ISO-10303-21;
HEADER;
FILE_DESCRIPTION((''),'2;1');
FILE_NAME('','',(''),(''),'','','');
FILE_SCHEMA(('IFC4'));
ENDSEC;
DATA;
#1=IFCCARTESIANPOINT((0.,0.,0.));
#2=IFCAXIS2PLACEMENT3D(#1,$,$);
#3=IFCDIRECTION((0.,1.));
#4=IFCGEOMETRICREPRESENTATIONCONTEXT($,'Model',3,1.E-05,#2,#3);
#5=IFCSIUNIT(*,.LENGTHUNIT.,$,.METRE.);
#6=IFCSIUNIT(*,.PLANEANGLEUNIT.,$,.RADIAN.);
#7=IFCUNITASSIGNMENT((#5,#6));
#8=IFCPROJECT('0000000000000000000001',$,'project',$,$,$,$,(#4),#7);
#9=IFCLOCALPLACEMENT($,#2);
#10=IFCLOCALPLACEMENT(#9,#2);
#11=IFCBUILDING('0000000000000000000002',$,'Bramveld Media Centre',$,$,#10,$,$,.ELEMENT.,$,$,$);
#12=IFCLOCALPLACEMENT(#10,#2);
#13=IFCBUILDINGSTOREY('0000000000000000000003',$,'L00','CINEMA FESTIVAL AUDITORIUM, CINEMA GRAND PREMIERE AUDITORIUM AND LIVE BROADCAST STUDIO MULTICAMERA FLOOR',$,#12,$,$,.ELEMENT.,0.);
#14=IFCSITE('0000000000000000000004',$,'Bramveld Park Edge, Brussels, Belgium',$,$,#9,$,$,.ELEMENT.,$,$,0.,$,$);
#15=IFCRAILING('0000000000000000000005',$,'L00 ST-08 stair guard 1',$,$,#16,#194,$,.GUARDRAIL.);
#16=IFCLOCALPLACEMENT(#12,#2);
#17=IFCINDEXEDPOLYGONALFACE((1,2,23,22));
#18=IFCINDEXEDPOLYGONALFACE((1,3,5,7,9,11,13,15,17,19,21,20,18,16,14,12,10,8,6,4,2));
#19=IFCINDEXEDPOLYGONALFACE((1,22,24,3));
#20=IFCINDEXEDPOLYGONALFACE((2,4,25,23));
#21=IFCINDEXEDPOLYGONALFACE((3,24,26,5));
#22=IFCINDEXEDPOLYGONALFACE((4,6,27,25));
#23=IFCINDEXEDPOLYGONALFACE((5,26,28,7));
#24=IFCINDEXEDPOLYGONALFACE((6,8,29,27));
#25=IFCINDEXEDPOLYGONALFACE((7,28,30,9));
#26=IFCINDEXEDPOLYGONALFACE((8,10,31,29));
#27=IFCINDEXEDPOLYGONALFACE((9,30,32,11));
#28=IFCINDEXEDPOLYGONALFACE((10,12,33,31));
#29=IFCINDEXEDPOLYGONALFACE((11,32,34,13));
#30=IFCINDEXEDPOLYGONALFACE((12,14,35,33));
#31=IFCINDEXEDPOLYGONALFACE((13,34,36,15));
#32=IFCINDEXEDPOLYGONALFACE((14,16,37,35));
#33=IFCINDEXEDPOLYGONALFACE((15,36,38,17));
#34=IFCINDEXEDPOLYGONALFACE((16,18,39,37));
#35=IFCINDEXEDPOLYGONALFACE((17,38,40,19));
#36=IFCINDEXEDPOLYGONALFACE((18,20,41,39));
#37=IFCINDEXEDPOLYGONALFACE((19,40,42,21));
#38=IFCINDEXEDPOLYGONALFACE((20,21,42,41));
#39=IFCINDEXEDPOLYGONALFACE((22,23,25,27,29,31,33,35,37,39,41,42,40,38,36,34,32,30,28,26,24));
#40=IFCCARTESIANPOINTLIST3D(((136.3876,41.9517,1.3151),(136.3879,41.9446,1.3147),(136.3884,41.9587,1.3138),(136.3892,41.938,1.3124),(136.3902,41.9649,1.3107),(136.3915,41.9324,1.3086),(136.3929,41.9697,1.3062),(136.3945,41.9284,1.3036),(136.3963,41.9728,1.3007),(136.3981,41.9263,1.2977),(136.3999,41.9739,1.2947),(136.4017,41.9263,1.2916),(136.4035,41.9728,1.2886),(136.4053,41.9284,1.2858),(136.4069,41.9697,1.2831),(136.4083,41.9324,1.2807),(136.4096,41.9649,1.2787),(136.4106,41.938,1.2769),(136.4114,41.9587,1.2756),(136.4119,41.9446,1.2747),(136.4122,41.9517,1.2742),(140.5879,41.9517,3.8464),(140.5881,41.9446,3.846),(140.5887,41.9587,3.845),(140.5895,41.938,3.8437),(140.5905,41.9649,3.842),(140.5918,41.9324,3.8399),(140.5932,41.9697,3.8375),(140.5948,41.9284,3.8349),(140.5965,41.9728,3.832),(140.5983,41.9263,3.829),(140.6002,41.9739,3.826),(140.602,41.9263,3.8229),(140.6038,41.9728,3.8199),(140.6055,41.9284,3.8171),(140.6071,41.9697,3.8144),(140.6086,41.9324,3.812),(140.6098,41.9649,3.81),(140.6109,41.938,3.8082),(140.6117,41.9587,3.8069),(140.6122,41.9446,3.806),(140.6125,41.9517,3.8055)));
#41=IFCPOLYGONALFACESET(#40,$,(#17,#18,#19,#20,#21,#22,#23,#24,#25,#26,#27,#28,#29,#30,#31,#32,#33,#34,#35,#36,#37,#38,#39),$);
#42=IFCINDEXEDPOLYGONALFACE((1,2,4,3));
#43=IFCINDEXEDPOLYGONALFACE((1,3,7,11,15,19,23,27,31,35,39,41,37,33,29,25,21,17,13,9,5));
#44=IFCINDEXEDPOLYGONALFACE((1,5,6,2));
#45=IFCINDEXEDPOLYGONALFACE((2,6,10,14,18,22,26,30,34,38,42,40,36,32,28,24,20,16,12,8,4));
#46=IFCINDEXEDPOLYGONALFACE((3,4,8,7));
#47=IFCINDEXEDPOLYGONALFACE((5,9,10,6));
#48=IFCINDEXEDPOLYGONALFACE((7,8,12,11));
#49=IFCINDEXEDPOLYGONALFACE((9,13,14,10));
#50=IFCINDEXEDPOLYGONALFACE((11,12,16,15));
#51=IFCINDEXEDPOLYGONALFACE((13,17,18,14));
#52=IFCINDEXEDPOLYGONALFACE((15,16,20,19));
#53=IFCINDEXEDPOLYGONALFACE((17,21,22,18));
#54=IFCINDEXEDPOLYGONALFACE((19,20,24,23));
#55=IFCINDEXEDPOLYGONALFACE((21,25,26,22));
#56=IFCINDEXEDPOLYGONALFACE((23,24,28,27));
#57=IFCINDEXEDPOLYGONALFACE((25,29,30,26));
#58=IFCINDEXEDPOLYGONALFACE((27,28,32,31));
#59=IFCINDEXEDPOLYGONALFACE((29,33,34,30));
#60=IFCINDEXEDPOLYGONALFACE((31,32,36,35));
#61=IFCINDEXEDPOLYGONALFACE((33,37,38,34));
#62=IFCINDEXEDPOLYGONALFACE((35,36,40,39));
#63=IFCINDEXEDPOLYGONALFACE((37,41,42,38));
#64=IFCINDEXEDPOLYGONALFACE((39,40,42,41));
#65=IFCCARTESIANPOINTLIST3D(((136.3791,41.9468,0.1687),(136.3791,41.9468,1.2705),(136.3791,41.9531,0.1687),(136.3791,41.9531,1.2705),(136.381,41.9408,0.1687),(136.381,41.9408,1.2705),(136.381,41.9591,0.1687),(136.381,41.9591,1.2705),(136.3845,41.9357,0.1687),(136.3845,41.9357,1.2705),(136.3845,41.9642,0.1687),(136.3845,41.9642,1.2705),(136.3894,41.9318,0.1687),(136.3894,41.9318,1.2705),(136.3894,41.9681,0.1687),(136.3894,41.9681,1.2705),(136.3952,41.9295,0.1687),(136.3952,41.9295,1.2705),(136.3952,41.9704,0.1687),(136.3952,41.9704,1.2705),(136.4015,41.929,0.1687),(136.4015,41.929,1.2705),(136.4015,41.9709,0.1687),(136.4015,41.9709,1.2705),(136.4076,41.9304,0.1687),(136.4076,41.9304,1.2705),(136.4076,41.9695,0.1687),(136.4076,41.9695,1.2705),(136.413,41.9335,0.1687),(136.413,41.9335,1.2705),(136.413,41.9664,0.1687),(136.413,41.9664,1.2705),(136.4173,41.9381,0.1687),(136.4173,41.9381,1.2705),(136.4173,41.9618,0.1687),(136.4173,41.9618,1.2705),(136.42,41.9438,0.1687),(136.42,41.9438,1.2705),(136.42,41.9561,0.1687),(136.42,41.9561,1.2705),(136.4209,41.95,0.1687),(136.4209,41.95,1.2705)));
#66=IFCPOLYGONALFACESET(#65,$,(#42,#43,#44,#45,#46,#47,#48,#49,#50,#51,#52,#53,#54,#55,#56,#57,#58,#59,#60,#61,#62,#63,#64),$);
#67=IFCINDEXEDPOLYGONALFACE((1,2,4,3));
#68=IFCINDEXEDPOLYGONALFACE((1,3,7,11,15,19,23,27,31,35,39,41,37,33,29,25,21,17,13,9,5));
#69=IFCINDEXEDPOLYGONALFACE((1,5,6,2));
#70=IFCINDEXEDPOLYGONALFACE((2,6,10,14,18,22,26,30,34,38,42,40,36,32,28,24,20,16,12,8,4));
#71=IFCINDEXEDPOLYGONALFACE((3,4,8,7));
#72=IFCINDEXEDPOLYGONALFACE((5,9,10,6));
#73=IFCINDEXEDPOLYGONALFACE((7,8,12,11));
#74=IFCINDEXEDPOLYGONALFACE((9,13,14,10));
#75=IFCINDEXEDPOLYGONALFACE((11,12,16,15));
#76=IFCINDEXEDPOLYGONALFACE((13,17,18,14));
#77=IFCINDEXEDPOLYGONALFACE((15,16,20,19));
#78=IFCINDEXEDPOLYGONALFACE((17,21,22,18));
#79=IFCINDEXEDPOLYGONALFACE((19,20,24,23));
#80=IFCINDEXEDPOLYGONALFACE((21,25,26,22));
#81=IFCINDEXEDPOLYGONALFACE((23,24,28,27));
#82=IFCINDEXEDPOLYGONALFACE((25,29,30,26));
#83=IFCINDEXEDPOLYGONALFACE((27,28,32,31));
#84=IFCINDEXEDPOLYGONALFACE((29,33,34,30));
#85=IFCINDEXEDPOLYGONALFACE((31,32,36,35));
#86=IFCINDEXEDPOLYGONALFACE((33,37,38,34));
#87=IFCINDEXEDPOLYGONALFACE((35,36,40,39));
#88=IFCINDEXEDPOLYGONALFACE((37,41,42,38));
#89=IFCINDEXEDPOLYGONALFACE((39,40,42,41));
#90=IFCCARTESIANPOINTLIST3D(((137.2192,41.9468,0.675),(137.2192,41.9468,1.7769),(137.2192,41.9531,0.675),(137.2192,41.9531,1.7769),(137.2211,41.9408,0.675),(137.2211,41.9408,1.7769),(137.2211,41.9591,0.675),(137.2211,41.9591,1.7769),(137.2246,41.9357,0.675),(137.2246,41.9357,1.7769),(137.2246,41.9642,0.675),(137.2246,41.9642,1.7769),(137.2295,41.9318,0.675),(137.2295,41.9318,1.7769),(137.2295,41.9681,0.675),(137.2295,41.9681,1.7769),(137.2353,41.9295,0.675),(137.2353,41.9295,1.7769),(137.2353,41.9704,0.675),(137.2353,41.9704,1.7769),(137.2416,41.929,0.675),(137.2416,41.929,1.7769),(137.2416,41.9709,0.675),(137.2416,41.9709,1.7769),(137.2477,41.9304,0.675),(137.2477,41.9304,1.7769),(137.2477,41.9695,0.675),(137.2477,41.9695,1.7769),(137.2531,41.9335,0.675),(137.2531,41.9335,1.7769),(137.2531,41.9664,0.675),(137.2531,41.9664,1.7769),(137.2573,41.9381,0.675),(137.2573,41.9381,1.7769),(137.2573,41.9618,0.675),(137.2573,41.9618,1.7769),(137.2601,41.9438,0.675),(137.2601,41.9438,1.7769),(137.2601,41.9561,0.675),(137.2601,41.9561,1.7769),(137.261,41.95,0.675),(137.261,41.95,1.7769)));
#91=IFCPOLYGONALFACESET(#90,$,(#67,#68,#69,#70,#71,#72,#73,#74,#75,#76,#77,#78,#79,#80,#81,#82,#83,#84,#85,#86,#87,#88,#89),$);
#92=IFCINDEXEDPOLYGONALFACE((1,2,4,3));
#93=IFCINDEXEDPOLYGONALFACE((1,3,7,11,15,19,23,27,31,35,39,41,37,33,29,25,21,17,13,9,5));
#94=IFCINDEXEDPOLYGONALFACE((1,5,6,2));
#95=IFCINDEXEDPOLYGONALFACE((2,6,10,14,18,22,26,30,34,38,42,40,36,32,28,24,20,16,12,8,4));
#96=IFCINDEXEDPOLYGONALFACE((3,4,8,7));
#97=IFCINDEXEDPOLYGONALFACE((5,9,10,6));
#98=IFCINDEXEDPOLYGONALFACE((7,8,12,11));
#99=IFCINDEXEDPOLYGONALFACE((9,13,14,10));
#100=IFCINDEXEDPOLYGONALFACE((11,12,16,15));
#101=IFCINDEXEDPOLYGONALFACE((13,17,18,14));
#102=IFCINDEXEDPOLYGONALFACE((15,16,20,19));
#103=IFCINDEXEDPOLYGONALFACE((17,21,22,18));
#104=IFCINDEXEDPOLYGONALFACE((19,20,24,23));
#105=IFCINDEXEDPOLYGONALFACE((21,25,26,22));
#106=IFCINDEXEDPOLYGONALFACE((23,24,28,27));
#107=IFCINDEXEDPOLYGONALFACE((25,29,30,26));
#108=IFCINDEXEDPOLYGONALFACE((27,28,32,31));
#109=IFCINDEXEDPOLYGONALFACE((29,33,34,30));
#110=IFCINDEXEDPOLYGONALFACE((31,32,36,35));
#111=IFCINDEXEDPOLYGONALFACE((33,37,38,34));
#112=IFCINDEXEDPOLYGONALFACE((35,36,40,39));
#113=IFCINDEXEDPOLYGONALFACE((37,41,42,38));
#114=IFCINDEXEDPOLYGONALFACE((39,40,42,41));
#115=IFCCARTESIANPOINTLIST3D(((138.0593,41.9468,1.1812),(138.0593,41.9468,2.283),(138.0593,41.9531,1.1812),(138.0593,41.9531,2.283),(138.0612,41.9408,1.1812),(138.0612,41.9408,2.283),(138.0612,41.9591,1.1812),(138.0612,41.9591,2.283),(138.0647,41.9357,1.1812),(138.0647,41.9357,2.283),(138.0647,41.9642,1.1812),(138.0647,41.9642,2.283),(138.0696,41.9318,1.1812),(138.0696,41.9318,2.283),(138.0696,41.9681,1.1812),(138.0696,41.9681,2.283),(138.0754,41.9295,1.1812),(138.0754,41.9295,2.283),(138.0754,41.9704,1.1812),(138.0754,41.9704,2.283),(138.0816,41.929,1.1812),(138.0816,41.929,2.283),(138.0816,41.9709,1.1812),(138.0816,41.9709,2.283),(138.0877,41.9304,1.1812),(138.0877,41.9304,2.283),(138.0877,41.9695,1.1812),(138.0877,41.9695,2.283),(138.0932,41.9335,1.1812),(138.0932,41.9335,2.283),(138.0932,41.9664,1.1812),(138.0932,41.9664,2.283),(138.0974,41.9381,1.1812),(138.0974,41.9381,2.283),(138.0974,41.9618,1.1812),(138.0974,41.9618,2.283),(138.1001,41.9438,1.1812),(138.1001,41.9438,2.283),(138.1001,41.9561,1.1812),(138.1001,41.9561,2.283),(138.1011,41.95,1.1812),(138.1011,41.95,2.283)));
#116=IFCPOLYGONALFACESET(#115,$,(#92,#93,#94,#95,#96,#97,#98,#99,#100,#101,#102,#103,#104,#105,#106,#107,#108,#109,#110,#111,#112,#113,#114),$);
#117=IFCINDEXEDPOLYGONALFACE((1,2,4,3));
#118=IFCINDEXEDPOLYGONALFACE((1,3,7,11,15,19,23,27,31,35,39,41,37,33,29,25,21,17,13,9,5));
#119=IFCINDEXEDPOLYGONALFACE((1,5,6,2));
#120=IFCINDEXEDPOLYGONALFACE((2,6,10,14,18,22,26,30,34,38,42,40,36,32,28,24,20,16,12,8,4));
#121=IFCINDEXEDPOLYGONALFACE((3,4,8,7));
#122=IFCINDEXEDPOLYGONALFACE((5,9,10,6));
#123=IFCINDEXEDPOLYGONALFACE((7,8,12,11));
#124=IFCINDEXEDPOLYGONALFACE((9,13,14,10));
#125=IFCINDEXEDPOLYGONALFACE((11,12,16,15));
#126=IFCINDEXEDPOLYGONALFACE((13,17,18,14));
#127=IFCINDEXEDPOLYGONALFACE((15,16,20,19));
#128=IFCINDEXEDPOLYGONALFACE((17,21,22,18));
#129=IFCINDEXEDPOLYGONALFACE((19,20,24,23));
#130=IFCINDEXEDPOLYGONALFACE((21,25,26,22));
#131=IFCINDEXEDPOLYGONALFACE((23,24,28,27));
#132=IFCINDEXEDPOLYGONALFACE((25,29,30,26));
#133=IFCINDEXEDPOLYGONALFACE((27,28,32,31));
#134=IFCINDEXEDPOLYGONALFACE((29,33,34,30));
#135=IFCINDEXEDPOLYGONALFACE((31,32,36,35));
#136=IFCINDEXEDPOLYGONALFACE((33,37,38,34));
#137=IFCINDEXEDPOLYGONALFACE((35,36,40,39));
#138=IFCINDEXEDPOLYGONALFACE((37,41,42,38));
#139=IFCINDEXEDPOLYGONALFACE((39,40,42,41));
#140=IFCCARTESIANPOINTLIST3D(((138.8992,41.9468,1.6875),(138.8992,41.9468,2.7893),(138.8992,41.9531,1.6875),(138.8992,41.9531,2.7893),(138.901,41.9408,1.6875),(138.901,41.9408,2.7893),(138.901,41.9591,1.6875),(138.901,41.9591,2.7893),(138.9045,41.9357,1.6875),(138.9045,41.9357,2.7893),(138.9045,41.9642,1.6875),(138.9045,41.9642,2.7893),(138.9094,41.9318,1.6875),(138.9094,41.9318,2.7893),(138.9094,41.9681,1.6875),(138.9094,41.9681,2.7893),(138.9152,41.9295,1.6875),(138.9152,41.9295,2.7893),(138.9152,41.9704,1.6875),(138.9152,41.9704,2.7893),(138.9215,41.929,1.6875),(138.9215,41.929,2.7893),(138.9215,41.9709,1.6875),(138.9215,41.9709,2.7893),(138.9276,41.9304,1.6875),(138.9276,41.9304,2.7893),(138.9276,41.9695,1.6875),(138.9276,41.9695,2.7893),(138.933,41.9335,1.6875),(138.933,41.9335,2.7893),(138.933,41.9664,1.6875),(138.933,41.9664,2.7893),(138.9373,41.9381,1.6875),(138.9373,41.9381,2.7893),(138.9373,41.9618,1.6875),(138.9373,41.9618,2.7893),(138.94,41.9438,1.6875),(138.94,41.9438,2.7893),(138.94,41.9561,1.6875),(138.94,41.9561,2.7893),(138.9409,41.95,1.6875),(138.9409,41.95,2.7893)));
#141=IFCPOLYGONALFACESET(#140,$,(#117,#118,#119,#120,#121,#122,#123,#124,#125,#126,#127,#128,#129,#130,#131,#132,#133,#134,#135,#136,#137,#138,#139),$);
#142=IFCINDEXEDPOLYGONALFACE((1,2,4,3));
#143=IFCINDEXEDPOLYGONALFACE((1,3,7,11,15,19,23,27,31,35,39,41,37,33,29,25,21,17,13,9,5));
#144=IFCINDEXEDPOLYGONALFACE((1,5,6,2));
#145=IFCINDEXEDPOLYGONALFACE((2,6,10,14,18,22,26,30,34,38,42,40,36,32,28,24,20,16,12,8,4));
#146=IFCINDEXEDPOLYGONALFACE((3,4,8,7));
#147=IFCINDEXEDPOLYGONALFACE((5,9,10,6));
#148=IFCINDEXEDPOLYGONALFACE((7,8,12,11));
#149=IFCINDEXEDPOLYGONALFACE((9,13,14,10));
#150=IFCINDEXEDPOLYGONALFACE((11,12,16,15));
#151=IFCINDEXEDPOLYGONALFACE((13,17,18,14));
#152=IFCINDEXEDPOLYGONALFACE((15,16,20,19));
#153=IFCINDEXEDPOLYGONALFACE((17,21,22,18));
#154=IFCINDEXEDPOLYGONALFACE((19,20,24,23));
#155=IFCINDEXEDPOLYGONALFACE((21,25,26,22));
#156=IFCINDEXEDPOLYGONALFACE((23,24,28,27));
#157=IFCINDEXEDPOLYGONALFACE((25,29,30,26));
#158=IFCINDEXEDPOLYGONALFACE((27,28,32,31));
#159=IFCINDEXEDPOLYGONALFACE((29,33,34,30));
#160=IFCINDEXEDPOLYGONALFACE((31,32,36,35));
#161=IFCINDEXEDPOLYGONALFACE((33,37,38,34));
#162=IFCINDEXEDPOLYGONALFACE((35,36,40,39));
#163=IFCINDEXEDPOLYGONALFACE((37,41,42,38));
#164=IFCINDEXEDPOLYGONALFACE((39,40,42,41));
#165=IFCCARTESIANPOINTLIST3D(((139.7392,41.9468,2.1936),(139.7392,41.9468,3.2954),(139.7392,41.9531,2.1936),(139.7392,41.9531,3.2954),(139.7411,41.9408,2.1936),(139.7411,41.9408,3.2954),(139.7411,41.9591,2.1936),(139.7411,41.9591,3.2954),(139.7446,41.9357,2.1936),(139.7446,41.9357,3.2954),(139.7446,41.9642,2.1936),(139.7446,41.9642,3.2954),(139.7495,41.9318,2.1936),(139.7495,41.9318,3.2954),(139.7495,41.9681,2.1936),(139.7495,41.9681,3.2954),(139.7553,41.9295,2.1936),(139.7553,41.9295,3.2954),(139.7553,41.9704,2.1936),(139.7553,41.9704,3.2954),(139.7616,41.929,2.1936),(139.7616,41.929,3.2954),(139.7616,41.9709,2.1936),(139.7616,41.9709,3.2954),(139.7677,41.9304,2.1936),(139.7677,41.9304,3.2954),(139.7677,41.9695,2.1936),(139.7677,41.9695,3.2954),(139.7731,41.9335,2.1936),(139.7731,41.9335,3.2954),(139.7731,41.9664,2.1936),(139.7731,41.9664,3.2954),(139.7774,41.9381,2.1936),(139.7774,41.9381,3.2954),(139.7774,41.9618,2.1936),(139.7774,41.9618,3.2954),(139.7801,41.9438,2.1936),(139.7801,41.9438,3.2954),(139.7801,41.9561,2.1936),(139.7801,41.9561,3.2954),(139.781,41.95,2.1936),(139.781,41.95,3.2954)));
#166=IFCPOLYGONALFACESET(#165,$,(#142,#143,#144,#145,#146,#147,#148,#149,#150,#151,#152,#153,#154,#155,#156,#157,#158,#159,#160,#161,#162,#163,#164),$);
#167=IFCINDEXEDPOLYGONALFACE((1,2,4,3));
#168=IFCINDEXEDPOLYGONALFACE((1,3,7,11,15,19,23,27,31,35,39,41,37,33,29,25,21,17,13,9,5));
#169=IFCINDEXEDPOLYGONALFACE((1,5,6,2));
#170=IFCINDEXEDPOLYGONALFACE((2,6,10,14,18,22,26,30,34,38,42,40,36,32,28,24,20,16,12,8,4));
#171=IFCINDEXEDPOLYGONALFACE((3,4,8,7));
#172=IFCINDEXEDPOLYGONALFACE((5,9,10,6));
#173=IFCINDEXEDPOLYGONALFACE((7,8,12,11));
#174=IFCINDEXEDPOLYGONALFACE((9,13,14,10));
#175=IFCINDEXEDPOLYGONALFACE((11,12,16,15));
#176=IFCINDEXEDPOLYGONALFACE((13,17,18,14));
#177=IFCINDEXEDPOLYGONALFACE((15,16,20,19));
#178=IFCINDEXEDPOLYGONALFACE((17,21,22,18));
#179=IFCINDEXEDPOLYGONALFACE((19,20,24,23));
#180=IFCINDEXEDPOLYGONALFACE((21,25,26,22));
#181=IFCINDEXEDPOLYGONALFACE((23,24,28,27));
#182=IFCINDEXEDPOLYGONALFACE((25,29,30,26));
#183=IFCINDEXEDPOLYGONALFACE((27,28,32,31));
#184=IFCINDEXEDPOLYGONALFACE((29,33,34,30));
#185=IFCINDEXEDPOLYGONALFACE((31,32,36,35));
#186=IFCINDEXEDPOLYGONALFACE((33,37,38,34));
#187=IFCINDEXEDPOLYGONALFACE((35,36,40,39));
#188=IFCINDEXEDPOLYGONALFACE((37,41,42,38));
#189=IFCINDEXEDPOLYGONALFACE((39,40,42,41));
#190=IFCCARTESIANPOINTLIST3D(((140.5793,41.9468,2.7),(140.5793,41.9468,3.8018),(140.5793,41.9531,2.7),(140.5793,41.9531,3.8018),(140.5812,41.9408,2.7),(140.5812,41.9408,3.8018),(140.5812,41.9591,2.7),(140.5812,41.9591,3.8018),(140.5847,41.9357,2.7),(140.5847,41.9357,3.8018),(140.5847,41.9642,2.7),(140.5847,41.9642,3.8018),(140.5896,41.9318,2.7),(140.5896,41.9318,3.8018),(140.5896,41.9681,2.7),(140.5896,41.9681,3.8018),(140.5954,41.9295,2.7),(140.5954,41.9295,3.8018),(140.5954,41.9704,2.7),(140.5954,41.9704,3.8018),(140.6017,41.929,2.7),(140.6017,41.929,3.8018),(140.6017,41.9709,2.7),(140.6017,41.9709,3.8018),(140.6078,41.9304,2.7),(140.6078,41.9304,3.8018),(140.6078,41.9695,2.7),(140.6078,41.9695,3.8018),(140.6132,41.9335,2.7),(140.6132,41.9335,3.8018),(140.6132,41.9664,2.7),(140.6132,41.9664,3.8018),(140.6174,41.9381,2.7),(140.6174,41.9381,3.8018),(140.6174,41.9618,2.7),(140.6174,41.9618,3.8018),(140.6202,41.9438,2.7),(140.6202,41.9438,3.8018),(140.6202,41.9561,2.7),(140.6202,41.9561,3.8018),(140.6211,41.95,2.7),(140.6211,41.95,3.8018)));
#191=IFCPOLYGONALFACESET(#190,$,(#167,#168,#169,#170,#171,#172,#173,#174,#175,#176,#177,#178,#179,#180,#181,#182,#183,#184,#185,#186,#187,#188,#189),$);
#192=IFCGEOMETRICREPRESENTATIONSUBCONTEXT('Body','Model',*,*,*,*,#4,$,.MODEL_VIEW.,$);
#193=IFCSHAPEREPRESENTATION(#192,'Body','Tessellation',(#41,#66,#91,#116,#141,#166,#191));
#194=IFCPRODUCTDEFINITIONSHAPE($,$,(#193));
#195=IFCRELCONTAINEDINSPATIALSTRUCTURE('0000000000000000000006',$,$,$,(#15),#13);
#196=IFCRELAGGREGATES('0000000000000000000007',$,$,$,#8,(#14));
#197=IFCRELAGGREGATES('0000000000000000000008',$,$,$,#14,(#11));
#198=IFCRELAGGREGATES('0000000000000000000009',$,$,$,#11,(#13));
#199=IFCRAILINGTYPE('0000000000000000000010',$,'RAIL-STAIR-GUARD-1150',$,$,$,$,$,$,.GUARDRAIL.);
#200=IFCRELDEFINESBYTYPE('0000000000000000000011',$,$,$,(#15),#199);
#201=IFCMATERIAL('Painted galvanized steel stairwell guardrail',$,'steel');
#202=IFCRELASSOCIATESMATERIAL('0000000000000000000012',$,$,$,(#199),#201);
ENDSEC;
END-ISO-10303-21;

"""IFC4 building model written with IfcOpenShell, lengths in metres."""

from ifc_helpers import new_model, si_unit, direction, frame, origin, origin_2d, place, context, subcontext, project, spatial, circle, extrude, material, type_object, element, save


model = new_model("IFC4")

# Units and contexts
model_context = context("Model", 3, precision=1e-05, world=origin(), true_north=direction((0.0, 1.0)))
body_context = subcontext(model_context, "Body", "Model", "MODEL_VIEW")
ifc_project = project(units=[si_unit("LENGTHUNIT", "METRE"), si_unit("PLANEANGLEUNIT", "RADIAN")], contexts=[model_context])

# Site, building, storey
site_placement = place(None, origin())
site = spatial("IfcSite", under=ifc_project, at=site_placement, Name="Bramveld Park Edge, Brussels, Belgium", CompositionType="ELEMENT", RefElevation=0.0)
building_placement = place(site_placement, origin())
building = spatial("IfcBuilding", under=site, at=building_placement, Name="Bramveld Media Centre", CompositionType="ELEMENT")
storey_placement = place(building_placement, origin())
storey = spatial("IfcBuildingStorey", under=building, at=storey_placement, Name="L00", Description="CINEMA FESTIVAL AUDITORIUM, CINEMA GRAND PREMIERE AUDITORIUM AND LIVE BROADCAST STUDIO MULTICAMERA FLOOR", CompositionType="ELEMENT", Elevation=0.0)

# Railing
ifc_material_1 = material(Name="Painted galvanized steel stairwell guardrail", Category="steel")
railing_type_1 = type_object("IfcRailingType", Name="RAIL-STAIR-GUARD-1150", PredefinedType="GUARDRAIL", material=ifc_material_1)
railing_1_placement = place(storey_placement, frame((136.3999, 41.95, 0.1687)))
element("IfcRailing", 1, at=railing_1_placement, inside=storey, type_object=railing_type_1, Name="L00 ST-08 stair guard 1", PredefinedType="GUARDRAIL", context=body_context, shape_type="SweptSolid", body=[
    extrude(circle(Radius=0.0239, at=origin_2d()), frame((0.0, 0.0, 1.126), z_axis=(0.85649, 0.0, 0.516164), x_axis=(0.0, 1.0, 0.0)), (0.0, 0.0, 1.0), 4.9041),
    extrude(circle(Radius=0.021, at=origin_2d()), origin(), (0.0, 0.0, 1.0), 1.1018),
    extrude(circle(Radius=0.021, at=origin_2d()), frame((0.8401, 0.0, 0.5063)), (0.0, 0.0, 1.0), 1.1018),
    extrude(circle(Radius=0.021, at=origin_2d()), frame((1.6802, 0.0, 1.0125)), (0.0, 0.0, 1.0), 1.1018),
    extrude(circle(Radius=0.021, at=origin_2d()), frame((2.52, 0.0, 1.5188)), (0.0, 0.0, 1.0), 1.1018),
    extrude(circle(Radius=0.021, at=origin_2d()), frame((3.3601, 0.0, 2.0249)), (0.0, 0.0, 1.0), 1.1018),
    extrude(circle(Radius=0.021, at=origin_2d()), frame((4.2002, 0.0, 2.5312)), (0.0, 0.0, 1.0), 1.1018),
])

save(model, "model.ifc")
